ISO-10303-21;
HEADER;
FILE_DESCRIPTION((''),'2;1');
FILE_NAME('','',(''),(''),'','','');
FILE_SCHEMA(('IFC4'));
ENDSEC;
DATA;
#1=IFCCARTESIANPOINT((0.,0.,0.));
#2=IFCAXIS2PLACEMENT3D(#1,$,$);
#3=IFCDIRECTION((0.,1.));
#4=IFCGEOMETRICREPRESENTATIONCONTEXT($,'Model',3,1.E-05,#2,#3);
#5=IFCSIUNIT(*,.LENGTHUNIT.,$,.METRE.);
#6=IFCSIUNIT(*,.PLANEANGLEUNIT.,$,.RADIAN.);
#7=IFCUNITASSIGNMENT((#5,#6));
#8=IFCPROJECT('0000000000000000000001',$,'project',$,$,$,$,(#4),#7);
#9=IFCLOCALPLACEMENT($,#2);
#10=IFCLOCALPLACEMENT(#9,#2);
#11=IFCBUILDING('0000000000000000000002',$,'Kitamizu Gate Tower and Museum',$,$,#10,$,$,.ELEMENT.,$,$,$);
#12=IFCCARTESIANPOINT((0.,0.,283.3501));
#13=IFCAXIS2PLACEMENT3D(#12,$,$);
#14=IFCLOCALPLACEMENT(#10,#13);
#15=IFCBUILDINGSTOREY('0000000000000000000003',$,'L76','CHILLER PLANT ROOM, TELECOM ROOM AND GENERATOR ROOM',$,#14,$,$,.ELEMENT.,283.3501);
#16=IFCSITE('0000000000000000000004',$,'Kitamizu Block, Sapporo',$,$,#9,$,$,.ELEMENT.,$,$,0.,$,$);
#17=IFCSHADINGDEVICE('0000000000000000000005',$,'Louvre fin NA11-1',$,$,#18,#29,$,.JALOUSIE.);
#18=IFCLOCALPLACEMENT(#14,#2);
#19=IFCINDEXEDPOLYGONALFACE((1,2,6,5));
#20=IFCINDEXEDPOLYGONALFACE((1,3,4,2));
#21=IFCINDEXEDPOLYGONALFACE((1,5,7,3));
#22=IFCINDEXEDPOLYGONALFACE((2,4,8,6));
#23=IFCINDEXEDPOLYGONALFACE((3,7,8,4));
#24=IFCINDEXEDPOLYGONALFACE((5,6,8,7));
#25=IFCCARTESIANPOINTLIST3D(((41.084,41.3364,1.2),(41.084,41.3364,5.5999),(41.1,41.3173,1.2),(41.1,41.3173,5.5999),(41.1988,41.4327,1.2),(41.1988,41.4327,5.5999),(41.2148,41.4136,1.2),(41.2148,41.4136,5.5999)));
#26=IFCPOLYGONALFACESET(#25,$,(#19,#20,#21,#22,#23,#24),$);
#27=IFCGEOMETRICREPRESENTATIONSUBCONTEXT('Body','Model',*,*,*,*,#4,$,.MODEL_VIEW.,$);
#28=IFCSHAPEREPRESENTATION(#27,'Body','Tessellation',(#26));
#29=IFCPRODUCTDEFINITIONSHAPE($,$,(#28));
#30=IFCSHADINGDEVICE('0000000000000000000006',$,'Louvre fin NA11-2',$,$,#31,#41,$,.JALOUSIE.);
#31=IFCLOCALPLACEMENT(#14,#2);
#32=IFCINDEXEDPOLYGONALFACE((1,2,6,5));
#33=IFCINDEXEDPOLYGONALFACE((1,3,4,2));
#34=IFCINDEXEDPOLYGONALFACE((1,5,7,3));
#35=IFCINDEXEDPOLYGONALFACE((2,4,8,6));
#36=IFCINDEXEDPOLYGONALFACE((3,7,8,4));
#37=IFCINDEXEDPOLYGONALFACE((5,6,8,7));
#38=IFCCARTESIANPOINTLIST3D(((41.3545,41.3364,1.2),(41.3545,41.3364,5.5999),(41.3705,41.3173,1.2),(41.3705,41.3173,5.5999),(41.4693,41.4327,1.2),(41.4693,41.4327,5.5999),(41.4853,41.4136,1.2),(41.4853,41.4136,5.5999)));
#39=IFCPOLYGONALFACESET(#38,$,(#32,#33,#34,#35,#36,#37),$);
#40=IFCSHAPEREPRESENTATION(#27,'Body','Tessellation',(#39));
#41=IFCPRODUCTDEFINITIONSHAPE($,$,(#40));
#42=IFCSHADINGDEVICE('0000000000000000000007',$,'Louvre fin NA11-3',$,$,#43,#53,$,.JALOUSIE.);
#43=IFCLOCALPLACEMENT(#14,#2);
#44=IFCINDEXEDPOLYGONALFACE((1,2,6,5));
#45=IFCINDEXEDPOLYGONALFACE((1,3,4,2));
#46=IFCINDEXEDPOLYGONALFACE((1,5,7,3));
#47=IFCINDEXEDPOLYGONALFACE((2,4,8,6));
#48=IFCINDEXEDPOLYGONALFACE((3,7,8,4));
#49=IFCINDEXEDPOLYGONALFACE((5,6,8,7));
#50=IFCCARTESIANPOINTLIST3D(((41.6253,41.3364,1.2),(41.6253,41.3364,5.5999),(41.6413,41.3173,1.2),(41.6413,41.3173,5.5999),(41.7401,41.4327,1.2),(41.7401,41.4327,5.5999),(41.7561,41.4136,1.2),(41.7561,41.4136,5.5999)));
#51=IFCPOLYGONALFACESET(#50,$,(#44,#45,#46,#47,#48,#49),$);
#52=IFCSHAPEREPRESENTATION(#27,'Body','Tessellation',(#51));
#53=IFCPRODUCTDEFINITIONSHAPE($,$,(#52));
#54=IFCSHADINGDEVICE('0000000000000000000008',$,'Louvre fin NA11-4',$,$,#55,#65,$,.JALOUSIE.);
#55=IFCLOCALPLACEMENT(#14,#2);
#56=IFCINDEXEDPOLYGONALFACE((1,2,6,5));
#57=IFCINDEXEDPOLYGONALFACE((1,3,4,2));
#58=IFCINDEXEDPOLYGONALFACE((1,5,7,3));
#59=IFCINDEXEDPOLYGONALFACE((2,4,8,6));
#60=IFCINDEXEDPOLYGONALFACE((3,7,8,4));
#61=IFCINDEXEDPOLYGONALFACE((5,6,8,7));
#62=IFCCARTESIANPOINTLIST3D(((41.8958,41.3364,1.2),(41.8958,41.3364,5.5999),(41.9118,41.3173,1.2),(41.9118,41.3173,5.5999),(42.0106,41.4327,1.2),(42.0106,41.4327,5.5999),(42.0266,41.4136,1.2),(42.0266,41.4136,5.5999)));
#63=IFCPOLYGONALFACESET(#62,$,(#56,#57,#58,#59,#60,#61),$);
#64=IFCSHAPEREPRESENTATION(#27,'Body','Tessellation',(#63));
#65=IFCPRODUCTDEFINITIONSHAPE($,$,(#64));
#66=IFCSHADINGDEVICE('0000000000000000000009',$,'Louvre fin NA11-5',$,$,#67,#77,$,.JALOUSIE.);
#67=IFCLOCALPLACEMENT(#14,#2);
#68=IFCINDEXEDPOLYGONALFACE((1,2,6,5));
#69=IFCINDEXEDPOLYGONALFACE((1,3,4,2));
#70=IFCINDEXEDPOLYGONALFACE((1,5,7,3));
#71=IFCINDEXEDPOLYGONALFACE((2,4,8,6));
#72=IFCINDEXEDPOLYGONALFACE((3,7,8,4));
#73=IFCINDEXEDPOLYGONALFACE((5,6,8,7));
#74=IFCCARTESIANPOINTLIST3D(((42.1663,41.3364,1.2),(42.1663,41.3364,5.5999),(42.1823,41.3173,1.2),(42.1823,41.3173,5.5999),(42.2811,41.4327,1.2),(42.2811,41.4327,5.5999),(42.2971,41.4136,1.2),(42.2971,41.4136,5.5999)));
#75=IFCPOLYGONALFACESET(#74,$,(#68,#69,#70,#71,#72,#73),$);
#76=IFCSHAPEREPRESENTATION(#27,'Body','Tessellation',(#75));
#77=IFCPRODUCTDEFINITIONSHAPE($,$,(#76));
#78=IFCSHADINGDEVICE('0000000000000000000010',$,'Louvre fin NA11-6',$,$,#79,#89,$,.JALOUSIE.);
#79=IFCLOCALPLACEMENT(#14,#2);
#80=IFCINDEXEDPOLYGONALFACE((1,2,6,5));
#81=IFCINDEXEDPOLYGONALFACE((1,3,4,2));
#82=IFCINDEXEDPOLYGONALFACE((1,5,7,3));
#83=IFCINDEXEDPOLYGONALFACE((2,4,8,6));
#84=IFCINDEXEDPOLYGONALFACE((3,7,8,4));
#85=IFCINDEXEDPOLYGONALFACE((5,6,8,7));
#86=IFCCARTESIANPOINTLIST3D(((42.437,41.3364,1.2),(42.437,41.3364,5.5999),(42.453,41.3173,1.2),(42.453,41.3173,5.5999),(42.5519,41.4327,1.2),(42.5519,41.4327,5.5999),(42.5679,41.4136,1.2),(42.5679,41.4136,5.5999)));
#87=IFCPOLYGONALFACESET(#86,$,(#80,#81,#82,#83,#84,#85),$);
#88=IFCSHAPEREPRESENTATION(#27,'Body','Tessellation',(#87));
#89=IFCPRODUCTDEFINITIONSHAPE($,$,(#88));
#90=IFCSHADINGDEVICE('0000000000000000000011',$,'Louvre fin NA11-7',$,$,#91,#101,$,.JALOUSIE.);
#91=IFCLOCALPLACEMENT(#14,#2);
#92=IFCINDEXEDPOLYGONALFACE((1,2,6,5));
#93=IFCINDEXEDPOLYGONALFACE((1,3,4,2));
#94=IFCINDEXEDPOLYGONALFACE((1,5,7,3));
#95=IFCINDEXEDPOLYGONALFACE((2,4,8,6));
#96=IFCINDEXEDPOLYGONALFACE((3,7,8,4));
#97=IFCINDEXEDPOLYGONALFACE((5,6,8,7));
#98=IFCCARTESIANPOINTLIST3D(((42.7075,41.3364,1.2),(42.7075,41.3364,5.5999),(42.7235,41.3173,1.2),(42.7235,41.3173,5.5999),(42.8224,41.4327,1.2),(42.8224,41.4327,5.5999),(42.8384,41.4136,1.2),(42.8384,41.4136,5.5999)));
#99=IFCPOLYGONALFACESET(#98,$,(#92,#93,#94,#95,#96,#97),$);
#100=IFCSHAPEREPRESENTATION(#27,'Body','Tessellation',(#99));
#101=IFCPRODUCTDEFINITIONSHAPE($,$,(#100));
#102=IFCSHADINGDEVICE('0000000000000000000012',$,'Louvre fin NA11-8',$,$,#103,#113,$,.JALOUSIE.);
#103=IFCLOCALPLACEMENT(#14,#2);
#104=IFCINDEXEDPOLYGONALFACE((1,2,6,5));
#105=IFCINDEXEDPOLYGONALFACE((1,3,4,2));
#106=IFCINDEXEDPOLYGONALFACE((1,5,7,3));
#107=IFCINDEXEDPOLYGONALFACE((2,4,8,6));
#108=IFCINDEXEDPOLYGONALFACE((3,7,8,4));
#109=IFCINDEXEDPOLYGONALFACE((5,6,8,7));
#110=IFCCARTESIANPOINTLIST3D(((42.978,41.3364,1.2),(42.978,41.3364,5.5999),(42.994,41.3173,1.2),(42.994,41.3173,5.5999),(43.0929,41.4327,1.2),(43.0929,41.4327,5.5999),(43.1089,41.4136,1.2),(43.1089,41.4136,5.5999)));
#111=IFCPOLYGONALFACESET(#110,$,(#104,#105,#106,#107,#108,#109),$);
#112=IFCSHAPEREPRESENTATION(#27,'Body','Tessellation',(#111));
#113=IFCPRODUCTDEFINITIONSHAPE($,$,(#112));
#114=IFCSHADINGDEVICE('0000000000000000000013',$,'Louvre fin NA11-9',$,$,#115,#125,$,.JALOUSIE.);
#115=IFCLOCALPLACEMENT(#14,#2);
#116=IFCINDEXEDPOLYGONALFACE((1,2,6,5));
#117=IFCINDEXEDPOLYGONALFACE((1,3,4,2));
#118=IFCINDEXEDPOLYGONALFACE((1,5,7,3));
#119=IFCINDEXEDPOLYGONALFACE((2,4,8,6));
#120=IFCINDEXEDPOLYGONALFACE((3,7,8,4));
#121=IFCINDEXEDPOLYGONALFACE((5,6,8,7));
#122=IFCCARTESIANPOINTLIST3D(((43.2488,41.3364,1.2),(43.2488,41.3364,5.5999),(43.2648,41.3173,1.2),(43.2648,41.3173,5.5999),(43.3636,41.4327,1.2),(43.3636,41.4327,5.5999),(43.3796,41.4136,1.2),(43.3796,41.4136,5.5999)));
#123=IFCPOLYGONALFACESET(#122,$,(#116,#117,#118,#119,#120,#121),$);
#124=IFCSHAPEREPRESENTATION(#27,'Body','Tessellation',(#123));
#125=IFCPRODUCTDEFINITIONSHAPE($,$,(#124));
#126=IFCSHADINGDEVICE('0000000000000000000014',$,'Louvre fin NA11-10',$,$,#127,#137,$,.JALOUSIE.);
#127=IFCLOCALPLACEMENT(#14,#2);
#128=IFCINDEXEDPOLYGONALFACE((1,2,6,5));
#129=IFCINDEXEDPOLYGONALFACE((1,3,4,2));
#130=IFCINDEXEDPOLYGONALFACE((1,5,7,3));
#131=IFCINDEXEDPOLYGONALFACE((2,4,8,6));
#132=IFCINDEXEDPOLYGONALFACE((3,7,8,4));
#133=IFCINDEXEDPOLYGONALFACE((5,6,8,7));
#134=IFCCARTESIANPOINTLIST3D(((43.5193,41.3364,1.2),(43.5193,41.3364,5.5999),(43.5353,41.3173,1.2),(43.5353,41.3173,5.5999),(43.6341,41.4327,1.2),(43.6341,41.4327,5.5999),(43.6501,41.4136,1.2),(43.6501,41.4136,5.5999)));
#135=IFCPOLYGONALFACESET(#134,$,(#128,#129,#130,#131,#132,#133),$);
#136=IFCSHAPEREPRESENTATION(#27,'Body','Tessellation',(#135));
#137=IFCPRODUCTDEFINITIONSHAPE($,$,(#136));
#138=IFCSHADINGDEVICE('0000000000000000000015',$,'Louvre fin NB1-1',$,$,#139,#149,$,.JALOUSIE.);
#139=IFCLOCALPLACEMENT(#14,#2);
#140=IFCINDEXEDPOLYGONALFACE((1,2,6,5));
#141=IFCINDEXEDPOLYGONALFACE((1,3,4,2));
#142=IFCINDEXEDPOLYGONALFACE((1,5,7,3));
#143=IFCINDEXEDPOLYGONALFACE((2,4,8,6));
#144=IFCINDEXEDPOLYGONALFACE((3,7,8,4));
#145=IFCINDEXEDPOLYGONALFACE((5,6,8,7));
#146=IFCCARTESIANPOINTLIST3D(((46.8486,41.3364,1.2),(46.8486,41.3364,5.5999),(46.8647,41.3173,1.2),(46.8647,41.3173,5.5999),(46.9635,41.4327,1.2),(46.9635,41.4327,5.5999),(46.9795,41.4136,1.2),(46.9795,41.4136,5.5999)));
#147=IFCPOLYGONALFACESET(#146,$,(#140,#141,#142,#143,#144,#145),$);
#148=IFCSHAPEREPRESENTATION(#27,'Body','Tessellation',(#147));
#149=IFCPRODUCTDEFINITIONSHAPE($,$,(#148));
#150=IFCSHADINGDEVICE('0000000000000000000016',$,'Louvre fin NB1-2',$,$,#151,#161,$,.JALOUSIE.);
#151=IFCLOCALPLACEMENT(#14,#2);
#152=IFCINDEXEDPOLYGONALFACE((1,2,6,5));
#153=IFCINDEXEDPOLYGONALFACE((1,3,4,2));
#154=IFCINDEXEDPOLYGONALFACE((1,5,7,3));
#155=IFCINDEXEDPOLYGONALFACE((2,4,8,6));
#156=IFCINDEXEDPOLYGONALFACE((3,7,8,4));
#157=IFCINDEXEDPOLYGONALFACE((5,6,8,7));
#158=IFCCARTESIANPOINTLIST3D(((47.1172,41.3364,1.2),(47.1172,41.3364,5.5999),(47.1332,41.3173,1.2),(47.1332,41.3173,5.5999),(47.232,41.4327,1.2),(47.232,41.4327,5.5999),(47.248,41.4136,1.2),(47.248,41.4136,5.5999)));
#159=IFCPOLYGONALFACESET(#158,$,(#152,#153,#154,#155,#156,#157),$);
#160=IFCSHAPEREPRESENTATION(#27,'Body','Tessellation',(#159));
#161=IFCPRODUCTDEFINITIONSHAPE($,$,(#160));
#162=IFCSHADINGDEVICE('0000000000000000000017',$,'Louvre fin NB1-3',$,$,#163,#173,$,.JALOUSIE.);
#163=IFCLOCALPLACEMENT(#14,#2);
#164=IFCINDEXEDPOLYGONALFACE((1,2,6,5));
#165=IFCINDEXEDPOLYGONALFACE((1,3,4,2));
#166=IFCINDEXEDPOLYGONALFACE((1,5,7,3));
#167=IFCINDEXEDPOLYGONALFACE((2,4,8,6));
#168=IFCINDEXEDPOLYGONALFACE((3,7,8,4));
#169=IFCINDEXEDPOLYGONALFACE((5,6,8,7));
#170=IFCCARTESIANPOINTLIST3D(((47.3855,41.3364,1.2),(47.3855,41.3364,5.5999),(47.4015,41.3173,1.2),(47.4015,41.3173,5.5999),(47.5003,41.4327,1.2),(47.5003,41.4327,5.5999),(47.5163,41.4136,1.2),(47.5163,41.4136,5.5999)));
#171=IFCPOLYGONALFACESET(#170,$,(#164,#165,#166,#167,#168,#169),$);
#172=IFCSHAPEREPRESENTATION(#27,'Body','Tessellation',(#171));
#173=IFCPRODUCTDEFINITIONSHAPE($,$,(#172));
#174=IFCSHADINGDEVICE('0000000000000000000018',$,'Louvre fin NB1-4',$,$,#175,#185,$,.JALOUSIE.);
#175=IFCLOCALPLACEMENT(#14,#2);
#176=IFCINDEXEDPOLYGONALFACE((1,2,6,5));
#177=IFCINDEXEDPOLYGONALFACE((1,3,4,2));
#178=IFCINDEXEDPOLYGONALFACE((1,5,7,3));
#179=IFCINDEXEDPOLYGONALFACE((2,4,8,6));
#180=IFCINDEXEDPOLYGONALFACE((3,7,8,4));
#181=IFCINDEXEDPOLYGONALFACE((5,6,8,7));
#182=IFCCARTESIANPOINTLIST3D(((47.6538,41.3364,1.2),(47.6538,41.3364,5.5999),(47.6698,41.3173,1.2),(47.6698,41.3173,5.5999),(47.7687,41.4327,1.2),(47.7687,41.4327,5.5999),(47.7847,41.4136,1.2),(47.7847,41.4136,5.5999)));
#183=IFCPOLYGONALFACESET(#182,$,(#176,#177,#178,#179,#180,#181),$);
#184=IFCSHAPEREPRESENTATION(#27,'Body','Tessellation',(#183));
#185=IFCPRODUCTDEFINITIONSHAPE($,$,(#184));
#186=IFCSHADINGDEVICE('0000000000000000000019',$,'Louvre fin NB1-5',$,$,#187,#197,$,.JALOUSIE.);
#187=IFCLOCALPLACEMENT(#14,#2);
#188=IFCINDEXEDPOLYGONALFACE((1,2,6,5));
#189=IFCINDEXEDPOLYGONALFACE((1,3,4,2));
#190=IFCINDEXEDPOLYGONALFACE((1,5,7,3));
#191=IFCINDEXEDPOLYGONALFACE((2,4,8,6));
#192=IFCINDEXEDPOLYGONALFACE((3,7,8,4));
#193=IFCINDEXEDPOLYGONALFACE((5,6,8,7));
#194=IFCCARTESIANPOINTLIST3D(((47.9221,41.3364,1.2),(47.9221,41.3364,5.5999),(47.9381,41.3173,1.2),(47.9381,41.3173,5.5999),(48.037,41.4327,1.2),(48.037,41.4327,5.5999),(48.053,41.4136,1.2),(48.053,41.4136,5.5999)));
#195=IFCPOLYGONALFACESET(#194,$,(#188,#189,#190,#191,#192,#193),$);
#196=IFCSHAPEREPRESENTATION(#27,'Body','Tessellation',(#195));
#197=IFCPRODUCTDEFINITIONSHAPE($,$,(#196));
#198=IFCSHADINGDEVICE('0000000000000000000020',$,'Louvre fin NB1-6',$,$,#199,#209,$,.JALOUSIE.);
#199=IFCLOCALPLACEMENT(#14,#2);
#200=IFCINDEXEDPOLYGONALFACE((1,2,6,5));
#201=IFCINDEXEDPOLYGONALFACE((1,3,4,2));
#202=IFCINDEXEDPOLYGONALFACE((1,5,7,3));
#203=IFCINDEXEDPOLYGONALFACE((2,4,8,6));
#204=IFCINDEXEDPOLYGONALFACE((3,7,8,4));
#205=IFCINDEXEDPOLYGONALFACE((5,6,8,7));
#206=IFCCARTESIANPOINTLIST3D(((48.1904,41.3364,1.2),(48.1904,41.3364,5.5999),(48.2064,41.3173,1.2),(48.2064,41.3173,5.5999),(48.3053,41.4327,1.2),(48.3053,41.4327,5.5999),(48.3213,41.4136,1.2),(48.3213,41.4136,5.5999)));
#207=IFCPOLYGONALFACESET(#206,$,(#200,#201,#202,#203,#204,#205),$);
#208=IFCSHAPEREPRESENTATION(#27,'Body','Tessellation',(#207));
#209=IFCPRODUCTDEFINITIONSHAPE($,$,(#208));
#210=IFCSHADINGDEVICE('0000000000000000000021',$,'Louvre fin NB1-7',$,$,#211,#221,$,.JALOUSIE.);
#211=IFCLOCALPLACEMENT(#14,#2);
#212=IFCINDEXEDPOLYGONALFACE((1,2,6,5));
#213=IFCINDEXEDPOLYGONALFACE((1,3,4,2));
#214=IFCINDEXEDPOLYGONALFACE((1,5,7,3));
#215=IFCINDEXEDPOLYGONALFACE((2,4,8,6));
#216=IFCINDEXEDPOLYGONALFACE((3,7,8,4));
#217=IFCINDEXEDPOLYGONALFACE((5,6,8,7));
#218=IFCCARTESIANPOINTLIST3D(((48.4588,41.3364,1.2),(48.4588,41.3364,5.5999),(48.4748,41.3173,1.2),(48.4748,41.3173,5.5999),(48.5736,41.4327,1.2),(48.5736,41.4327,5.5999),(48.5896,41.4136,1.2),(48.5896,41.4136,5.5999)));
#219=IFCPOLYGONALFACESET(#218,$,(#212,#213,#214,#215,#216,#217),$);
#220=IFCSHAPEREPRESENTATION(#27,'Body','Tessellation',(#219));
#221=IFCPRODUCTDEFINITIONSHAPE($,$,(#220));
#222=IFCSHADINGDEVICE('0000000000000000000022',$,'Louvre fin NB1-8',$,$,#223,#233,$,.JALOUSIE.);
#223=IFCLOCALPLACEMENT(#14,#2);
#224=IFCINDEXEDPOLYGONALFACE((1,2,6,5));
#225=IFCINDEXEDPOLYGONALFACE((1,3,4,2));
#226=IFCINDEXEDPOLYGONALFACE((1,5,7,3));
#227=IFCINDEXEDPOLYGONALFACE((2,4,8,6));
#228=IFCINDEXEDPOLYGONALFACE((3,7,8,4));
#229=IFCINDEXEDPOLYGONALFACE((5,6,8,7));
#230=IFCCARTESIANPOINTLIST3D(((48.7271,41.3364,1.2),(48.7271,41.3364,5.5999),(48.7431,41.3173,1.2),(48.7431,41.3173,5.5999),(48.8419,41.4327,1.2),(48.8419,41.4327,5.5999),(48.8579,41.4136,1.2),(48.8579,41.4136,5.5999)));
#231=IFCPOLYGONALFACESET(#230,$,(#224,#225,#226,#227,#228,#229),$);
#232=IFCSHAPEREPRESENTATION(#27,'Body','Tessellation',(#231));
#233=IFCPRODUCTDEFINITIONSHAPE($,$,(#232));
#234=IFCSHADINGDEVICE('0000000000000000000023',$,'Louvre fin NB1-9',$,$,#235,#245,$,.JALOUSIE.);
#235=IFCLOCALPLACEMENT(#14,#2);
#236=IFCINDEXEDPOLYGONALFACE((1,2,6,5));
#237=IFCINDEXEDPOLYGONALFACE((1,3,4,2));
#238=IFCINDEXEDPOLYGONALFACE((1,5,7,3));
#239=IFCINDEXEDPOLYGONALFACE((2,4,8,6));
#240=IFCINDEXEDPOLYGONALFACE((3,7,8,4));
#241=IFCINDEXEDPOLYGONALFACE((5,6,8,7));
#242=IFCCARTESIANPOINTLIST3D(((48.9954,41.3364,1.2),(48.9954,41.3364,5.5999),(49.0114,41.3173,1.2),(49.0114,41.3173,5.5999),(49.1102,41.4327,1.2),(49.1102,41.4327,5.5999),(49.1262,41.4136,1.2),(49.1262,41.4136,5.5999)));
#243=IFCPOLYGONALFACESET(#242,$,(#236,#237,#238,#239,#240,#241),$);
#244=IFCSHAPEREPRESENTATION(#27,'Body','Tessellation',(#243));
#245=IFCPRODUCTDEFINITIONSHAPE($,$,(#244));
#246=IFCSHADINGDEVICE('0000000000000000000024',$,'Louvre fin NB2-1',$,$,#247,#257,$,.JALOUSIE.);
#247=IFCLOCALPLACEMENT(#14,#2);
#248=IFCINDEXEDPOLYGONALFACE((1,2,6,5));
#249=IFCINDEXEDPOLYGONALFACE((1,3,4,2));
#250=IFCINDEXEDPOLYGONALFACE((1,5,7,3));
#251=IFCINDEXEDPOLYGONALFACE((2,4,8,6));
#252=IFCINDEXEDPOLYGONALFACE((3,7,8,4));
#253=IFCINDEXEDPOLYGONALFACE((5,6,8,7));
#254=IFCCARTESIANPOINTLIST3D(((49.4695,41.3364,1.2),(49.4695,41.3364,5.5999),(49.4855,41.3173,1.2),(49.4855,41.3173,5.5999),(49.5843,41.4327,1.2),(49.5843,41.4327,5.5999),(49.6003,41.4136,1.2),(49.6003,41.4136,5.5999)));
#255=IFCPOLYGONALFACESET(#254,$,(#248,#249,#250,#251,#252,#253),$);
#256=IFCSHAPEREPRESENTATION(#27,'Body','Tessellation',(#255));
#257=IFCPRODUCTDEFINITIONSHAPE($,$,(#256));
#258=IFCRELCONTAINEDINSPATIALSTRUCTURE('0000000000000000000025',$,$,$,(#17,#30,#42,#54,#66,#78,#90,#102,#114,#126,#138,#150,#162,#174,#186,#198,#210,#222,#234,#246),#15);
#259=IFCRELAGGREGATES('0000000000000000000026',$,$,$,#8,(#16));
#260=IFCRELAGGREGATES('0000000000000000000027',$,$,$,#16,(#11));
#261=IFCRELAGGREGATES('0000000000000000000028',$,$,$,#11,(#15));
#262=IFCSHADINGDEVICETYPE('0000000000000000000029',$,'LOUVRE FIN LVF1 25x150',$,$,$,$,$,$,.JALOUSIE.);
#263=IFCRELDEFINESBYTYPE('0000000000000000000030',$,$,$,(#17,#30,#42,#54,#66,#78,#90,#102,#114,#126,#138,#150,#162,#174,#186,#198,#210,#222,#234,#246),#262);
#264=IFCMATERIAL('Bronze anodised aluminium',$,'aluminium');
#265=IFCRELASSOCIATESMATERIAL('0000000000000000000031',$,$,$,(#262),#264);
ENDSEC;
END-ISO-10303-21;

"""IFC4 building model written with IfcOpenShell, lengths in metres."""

from ifc_helpers import new_model, si_unit, direction, frame, origin, origin_2d, place, context, subcontext, project, spatial, rectangle, extrude, material, material_profile, profile_set, type_object, element, save


model = new_model("IFC4")

# Units and contexts
model_context = context("Model", 3, precision=1e-05, world=origin(), true_north=direction((0.0, 1.0)))
body_context = subcontext(model_context, "Body", "Model", "MODEL_VIEW")
ifc_project = project(units=[si_unit("LENGTHUNIT", "METRE"), si_unit("PLANEANGLEUNIT", "RADIAN")], contexts=[model_context])

# Site, building, storey
site_placement = place(None, origin())
site = spatial("IfcSite", under=ifc_project, at=site_placement, Name="Kitamizu Block, Sapporo", CompositionType="ELEMENT", RefElevation=0.0)
building_placement = place(site_placement, origin())
building = spatial("IfcBuilding", under=site, at=building_placement, Name="Kitamizu Gate Tower and Museum", CompositionType="ELEMENT")
storey_placement = place(building_placement, frame((0.0, 0.0, 283.3501)))
storey = spatial("IfcBuildingStorey", under=building, at=storey_placement, Name="L76", Description="CHILLER PLANT ROOM, TELECOM ROOM AND GENERATOR ROOM", CompositionType="ELEMENT", Elevation=283.3501)

# Shading devices
ifc_material_1 = material(Name="Bronze anodised aluminium", Category="aluminium")
ifc_material_profile_1 = material_profile(ifc_material_1, rectangle(XDim=0.1499, YDim=0.0249, at=origin_2d()), Name="AL 25x150")
ifc_profile_set_1 = profile_set([ifc_material_profile_1], Name="Bronze anodised aluminium")
shading_device_type = type_object("IfcShadingDeviceType", Name="LOUVRE FIN LVF1 25x150", PredefinedType="JALOUSIE", material=ifc_profile_set_1)
for number, where, z_axis, x_axis, name in (
    (1, (41.1494, 41.375, 1.2), (0.0, 0.0, 1.0), (0.766044, 0.642788, 0.0), "Louvre fin NA11-1"),
    (2, (41.4199, 41.375, 1.2), (0.0, 0.0, 1.0), (0.766044, 0.642788, 0.0), "Louvre fin NA11-2"),
    (3, (41.6907, 41.375, 1.2), (0.0, 0.0, 1.0), (0.766044, 0.642788, 0.0), "Louvre fin NA11-3"),
    (4, (41.9612, 41.375, 1.2), (0.0, 0.0, 1.0), (0.766044, 0.642788, 0.0), "Louvre fin NA11-4"),
    (5, (42.2317, 41.375, 1.2), (0.0, 0.0, 1.0), (0.766044, 0.642788, 0.0), "Louvre fin NA11-5"),
    (6, (42.5024, 41.375, 1.2), (0.0, 0.0, 1.0), (0.766044, 0.642788, 0.0), "Louvre fin NA11-6"),
    (7, (42.7729, 41.375, 1.2), (0.0, 0.0, 1.0), (0.766044, 0.642788, 0.0), "Louvre fin NA11-7"),
    (8, (43.0435, 41.375, 1.2), (0.0, 0.0, 1.0), (0.766044, 0.642788, 0.0), "Louvre fin NA11-8"),
    (9, (43.3142, 41.375, 1.2), (0.0, 0.0, 1.0), (0.766044, 0.642788, 0.0), "Louvre fin NA11-9"),
    (10, (43.5847, 41.375, 1.2), (0.0, 0.0, 1.0), (0.766044, 0.642788, 0.0), "Louvre fin NA11-10"),
    (11, (46.9141, 41.375, 1.2), (0.0, 0.0, 1.0), (0.766044, 0.642788, 0.0), "Louvre fin NB1-1"),
    (12, (47.1826, 41.375, 1.2), (0.0, 0.0, 1.0), (0.766044, 0.642788, 0.0), "Louvre fin NB1-2"),
    (13, (47.4509, 41.375, 1.2), (0.0, 0.0, 1.0), (0.766044, 0.642788, 0.0), "Louvre fin NB1-3"),
    (14, (47.7192, 41.375, 1.2), (0.0, 0.0, 1.0), (0.766044, 0.642788, 0.0), "Louvre fin NB1-4"),
    (15, (47.9875, 41.375, 1.2), (0.0, 0.0, 1.0), (0.766044, 0.642788, 0.0), "Louvre fin NB1-5"),
    (16, (48.2559, 41.375, 1.2), (0.0, 0.0, 1.0), (0.766044, 0.642788, 0.0), "Louvre fin NB1-6"),
    (17, (48.5242, 41.375, 1.2), (0.0, 0.0, 1.0), (0.766044, 0.642788, 0.0), "Louvre fin NB1-7"),
    (18, (48.7925, 41.375, 1.2), (0.0, 0.0, 1.0), (0.766044, 0.642788, 0.0), "Louvre fin NB1-8"),
    (19, (49.0608, 41.375, 1.2), (0.0, 0.0, 1.0), (0.766044, 0.642788, 0.0), "Louvre fin NB1-9"),
    (20, (49.5349, 41.375, 1.2), (0.0, 0.0, 1.0), (0.766044, 0.642788, 0.0), "Louvre fin NB2-1"),
):
    element("IfcShadingDevice", number, at=place(storey_placement, frame(where, z_axis=z_axis, x_axis=x_axis)), inside=storey, type_object=shading_device_type, Name=name, PredefinedType="JALOUSIE", context=body_context, shape_type="SweptSolid", body=[
        extrude(rectangle(XDim=0.1499, YDim=0.0249, at=origin_2d()), origin(), (0.0, 0.0, 1.0), 4.3999),
    ])

save(model, "model.ifc")
